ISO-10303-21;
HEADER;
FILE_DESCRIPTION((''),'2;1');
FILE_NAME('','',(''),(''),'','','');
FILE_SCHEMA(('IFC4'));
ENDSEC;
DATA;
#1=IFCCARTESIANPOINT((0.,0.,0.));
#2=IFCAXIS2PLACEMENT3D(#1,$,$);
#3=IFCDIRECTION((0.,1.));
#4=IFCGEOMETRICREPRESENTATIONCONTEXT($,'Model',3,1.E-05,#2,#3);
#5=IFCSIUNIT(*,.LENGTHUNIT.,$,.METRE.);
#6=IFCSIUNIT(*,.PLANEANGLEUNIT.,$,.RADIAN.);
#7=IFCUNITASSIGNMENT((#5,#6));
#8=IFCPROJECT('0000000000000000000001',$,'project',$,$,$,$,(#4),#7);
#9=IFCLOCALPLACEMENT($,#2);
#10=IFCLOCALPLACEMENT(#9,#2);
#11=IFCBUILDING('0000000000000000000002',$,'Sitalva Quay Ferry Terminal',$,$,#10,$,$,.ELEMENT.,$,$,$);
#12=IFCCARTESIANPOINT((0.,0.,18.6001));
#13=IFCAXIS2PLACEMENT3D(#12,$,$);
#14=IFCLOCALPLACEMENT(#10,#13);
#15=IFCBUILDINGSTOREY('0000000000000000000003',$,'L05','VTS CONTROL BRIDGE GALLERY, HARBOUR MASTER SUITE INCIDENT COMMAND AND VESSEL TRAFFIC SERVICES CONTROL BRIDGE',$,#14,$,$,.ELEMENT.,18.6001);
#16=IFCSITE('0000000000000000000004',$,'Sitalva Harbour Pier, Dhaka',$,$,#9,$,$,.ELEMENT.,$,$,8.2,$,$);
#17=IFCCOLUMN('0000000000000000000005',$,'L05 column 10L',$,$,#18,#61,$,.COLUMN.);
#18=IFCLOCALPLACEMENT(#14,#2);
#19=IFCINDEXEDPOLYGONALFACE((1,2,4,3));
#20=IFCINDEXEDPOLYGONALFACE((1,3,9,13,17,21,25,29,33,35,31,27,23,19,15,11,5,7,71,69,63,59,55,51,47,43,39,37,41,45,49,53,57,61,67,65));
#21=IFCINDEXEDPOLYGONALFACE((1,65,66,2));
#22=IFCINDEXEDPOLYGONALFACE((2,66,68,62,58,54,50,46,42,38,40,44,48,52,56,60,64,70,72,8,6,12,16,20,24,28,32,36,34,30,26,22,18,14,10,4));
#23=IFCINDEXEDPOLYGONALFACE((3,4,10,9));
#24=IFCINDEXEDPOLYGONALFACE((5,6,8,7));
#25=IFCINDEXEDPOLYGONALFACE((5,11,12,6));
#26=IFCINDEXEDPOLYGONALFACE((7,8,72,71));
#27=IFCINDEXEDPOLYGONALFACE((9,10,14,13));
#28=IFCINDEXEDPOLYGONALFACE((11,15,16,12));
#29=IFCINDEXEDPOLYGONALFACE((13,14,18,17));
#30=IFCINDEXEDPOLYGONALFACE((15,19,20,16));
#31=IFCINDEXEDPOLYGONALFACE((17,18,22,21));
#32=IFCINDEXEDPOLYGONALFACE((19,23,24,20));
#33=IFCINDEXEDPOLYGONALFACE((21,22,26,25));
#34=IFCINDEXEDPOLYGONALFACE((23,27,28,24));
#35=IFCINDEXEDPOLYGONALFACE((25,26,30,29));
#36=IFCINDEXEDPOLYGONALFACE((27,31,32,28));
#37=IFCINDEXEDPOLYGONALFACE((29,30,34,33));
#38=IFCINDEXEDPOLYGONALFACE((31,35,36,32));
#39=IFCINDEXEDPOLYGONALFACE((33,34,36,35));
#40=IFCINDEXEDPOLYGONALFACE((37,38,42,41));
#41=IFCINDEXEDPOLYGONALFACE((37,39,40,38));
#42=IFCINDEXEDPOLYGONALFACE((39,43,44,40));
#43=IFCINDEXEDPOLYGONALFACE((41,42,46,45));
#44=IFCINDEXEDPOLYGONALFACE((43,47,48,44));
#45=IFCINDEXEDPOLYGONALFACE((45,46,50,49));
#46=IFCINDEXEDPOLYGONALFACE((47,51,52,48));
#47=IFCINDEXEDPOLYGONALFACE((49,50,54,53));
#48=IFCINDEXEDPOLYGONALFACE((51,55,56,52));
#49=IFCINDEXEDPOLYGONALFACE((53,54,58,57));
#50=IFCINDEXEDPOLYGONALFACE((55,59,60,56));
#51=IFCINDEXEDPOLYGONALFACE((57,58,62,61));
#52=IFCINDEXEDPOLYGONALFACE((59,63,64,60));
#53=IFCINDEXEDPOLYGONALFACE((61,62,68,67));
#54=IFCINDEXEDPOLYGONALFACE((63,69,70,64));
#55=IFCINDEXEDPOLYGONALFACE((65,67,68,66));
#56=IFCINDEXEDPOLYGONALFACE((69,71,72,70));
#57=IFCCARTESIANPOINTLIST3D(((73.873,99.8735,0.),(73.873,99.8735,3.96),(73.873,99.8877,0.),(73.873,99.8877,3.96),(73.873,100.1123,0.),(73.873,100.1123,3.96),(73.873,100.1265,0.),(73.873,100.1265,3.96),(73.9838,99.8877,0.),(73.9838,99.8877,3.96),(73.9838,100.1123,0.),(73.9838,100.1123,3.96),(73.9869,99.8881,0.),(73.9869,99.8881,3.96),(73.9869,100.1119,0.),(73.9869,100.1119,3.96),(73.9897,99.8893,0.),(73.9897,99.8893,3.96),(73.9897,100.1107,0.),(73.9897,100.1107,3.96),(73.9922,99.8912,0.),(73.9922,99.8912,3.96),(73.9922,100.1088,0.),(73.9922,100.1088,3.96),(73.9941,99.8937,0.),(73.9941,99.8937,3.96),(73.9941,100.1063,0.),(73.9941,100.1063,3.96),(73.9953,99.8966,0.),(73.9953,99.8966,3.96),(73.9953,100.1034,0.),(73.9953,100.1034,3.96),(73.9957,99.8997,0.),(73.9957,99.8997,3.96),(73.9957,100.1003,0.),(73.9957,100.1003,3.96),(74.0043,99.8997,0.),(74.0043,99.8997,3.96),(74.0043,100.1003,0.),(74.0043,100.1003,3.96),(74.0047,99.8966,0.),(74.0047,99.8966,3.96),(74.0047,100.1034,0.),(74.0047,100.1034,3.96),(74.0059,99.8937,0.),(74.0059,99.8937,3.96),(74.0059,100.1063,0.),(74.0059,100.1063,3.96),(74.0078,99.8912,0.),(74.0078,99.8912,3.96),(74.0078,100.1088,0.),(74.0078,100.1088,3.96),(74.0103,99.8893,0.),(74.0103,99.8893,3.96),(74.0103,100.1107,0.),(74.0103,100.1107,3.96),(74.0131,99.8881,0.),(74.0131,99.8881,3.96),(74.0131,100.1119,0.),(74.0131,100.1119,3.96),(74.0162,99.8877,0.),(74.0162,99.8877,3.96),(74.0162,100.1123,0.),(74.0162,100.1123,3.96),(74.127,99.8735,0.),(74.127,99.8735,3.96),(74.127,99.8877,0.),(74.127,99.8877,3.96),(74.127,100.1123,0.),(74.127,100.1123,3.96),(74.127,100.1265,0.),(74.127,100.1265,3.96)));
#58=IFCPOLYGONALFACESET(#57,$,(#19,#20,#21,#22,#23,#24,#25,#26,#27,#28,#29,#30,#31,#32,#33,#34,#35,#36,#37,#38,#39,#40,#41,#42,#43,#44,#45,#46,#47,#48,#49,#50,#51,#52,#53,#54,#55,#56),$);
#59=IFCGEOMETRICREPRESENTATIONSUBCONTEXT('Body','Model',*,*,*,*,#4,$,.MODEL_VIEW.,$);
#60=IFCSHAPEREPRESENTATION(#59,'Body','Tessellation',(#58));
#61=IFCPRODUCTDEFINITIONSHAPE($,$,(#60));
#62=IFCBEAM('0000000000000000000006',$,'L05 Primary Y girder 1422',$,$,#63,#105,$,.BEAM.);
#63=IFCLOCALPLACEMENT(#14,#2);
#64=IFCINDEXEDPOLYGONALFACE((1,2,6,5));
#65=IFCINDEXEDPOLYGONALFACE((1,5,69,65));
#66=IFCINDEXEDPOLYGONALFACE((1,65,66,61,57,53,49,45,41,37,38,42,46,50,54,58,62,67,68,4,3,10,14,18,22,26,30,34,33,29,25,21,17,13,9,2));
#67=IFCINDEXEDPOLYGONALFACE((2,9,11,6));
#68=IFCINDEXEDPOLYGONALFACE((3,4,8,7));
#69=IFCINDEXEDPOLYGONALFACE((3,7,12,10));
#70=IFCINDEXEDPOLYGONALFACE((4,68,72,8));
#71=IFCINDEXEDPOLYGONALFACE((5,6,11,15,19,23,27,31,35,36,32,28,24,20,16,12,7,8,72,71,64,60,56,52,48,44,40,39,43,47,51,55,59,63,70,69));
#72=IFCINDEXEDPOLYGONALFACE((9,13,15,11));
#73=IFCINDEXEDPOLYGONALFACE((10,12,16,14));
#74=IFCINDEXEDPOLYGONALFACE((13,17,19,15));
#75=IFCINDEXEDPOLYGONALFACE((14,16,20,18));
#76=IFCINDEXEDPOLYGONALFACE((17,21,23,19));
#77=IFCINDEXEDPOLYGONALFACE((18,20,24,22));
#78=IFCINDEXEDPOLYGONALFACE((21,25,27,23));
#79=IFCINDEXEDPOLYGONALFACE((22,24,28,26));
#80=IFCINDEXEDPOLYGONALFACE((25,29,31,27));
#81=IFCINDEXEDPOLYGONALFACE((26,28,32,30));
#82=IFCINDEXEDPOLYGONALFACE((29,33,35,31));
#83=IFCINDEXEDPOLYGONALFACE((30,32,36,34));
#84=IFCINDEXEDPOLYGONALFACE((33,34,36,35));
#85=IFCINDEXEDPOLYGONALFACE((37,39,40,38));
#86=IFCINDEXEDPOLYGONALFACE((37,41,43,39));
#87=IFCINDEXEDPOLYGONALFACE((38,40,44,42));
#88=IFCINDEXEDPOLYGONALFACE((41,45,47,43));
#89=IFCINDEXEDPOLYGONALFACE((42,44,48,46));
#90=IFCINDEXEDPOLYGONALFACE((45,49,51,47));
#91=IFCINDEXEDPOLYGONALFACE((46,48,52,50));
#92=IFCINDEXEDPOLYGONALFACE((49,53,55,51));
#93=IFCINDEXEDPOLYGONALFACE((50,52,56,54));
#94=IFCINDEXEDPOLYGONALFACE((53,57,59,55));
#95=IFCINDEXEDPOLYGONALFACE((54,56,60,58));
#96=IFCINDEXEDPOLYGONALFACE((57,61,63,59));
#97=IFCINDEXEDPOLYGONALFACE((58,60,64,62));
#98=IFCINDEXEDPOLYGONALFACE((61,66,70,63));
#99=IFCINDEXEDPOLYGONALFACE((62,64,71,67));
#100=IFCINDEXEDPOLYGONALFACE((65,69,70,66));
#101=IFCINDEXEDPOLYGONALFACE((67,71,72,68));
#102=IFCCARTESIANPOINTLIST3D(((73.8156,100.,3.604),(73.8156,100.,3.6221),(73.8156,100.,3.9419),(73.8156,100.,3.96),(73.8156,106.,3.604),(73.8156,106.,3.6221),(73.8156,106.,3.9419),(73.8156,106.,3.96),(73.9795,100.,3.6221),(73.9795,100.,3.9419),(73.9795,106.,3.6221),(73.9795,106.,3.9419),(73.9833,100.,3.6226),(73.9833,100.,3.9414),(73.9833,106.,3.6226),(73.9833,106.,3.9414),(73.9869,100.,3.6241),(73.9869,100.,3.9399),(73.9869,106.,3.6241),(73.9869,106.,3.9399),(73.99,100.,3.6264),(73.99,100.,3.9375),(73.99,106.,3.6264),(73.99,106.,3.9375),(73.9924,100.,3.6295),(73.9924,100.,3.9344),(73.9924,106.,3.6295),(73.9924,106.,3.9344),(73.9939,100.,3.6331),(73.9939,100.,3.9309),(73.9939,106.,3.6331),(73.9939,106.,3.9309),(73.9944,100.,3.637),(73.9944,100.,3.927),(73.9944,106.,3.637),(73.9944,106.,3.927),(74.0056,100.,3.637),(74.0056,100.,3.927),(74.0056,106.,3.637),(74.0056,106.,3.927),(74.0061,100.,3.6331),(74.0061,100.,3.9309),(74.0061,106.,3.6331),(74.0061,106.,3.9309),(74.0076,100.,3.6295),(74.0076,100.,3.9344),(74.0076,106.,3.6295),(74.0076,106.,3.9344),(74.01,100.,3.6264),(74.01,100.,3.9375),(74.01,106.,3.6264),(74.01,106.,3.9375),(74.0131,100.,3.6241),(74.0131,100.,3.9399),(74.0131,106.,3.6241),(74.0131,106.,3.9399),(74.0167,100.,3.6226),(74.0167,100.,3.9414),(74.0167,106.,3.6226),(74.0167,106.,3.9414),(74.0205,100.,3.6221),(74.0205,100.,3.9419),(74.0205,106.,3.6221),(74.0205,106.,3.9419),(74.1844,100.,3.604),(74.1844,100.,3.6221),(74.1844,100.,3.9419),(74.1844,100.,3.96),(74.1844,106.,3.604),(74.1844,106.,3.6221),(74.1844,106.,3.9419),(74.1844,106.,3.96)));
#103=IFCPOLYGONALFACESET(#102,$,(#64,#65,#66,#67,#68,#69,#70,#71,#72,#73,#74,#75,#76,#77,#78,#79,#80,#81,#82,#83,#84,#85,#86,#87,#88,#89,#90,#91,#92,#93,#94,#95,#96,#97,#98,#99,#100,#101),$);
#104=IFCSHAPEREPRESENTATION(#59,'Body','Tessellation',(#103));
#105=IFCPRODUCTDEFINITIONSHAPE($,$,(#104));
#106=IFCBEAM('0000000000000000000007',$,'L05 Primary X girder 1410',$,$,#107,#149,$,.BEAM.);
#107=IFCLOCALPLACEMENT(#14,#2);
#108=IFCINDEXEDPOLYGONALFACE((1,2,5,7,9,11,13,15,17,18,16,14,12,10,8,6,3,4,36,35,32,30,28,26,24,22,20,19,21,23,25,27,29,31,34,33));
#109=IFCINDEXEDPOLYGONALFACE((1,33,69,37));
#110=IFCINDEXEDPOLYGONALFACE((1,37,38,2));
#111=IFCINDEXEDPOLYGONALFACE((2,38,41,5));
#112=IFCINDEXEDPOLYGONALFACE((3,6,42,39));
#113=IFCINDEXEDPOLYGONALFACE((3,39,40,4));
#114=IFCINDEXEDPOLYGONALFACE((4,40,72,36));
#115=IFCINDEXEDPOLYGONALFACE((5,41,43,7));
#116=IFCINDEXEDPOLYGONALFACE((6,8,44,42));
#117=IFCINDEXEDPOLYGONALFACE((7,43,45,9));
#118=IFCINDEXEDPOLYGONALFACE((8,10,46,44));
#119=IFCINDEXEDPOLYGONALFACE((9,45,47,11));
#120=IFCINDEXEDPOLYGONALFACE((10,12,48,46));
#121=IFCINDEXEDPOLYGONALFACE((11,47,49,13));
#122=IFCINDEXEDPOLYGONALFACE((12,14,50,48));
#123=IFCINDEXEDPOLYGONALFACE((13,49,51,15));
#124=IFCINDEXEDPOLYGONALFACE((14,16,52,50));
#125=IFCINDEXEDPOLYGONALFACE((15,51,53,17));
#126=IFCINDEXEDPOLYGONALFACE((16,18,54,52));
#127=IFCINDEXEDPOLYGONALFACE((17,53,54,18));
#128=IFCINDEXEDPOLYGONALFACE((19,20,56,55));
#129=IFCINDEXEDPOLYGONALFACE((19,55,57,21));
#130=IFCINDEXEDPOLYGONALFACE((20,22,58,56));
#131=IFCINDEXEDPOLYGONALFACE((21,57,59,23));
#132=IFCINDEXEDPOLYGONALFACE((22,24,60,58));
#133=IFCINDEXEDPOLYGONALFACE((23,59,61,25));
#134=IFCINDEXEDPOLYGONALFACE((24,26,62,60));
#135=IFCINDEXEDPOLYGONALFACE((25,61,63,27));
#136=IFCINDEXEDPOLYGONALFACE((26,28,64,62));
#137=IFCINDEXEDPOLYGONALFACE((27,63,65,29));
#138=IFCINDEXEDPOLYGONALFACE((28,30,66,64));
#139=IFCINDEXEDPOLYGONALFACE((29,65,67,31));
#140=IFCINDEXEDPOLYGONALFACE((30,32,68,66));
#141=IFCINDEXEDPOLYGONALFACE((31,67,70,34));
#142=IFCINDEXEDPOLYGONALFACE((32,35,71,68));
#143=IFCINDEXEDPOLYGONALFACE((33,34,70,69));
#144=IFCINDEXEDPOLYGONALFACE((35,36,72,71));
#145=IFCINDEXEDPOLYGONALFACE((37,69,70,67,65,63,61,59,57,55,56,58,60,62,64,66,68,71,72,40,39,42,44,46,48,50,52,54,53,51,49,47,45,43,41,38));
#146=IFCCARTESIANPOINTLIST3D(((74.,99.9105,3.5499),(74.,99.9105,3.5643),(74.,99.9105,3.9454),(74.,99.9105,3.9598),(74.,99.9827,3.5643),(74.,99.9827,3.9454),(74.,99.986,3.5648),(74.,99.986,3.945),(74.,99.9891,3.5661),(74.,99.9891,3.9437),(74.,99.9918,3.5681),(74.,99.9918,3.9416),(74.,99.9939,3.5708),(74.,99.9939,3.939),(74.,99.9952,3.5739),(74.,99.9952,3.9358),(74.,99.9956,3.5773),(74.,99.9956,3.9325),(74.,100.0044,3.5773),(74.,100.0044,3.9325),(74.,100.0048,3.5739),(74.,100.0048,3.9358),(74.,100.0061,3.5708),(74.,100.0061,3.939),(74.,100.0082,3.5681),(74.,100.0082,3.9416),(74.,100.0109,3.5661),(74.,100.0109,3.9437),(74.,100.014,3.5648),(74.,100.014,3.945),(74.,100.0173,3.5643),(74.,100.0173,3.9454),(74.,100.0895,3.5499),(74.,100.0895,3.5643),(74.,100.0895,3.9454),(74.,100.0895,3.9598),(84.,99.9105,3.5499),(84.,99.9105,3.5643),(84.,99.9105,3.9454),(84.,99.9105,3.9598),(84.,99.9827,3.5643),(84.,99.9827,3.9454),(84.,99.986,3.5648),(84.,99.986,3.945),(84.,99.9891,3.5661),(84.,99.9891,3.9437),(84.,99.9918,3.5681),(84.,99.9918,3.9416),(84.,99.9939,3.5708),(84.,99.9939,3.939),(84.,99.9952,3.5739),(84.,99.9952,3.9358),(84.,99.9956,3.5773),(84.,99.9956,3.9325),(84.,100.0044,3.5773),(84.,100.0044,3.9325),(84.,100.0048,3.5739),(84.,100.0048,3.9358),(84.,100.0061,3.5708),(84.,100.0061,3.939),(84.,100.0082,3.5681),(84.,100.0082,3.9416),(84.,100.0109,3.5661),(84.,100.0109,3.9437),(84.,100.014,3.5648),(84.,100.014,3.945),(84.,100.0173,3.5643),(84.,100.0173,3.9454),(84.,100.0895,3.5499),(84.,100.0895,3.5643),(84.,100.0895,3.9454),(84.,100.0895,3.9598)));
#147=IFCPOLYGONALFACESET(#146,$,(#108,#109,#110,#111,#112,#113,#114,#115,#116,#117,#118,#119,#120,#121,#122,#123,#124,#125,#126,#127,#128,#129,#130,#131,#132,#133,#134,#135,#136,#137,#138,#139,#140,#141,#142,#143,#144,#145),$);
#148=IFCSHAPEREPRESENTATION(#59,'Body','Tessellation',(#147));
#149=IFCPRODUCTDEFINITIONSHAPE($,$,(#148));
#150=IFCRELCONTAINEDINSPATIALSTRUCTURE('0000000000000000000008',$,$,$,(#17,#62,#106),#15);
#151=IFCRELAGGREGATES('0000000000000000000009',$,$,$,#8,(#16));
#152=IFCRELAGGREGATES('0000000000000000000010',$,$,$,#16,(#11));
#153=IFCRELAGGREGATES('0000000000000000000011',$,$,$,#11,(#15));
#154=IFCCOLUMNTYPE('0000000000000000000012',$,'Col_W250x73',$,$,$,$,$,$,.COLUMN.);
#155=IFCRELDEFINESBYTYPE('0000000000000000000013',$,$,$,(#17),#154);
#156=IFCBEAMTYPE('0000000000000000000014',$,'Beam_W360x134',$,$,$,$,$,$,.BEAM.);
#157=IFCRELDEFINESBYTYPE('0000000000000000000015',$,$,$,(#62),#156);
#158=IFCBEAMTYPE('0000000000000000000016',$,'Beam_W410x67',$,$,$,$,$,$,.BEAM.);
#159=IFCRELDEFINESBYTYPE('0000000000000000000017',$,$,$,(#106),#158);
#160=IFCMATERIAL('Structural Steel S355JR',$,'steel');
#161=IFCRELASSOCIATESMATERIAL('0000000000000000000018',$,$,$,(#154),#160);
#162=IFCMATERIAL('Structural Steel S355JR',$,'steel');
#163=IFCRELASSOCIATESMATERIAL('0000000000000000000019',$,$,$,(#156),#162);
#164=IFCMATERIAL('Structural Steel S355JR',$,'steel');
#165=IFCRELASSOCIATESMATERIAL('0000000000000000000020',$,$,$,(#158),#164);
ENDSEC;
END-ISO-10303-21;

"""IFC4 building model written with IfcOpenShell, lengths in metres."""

from ifc_helpers import new_model, si_unit, direction, frame, origin, origin_2d, place, context, subcontext, project, spatial, i_section, extrude, material, material_profile, profile_set, type_object, element, save


model = new_model("IFC4")

# Units and contexts
model_context = context("Model", 3, precision=1e-05, world=origin(), true_north=direction((0.0, 1.0)))
body_context = subcontext(model_context, "Body", "Model", "MODEL_VIEW")
ifc_project = project(units=[si_unit("LENGTHUNIT", "METRE"), si_unit("PLANEANGLEUNIT", "RADIAN")], contexts=[model_context])

# Site, building, storey
site_placement = place(None, origin())
site = spatial("IfcSite", under=ifc_project, at=site_placement, Name="Sitalva Harbour Pier, Dhaka", CompositionType="ELEMENT", RefElevation=8.2)
building_placement = place(site_placement, origin())
building = spatial("IfcBuilding", under=site, at=building_placement, Name="Sitalva Quay Ferry Terminal", CompositionType="ELEMENT")
storey_placement = place(building_placement, frame((0.0, 0.0, 18.6001)))
storey = spatial("IfcBuildingStorey", under=building, at=storey_placement, Name="L05", Description="VTS CONTROL BRIDGE GALLERY, HARBOUR MASTER SUITE INCIDENT COMMAND AND VESSEL TRAFFIC SERVICES CONTROL BRIDGE", CompositionType="ELEMENT", Elevation=18.6001)

# Column
ifc_material_1 = material(Name="Structural Steel S355JR", Category="steel")
ifc_material_profile_1 = material_profile(ifc_material_1, i_section(OverallWidth=0.2539, OverallDepth=0.2529, WebThickness=0.0085, FlangeThickness=0.0142, FilletRadius=0.012, at=origin_2d()), Name="W250x73")
ifc_profile_set_1 = profile_set([ifc_material_profile_1], Name="Structural Steel S355JR")
column_type = type_object("IfcColumnType", Name="Col_W250x73", PredefinedType="COLUMN", material=ifc_profile_set_1)
column_placement = place(storey_placement, frame((74.0, 100.0, 0.0), z_axis=(0.0, 0.0, 1.0), x_axis=(1.0, 0.0, 0.0)))
element("IfcColumn", 1, at=column_placement, inside=storey, type_object=column_type, Name="L05 column 10L", PredefinedType="COLUMN", context=body_context, shape_type="SweptSolid", body=[
    extrude(i_section(OverallWidth=0.2539, OverallDepth=0.2529, WebThickness=0.0085, FlangeThickness=0.0142, FilletRadius=0.012, at=origin_2d()), origin(), (0.0, 0.0, 1.0), 3.96),
])

# Beams
ifc_material_2 = material(Name="Structural Steel S355JR", Category="steel")
ifc_material_profile_2 = material_profile(ifc_material_2, i_section(OverallWidth=0.3689, OverallDepth=0.356, WebThickness=0.0112, FlangeThickness=0.0181, FilletRadius=0.0149, at=origin_2d()), Name="W360x134")
ifc_profile_set_2 = profile_set([ifc_material_profile_2], Name="Structural Steel S355JR")
beam_type_1 = type_object("IfcBeamType", Name="Beam_W360x134", PredefinedType="BEAM", material=ifc_profile_set_2)
beam_1_placement = place(storey_placement, frame((74.0, 100.0, 3.782), z_axis=(0.0, 1.0, 0.0), x_axis=(-1.0, 0.0, 0.0)))
element("IfcBeam", 2, at=beam_1_placement, inside=storey, type_object=beam_type_1, Name="L05 Primary Y girder 1422", PredefinedType="BEAM", context=body_context, shape_type="SweptSolid", body=[
    extrude(i_section(OverallWidth=0.3689, OverallDepth=0.356, WebThickness=0.0112, FlangeThickness=0.0181, FilletRadius=0.0149, at=origin_2d()), origin(), (0.0, 0.0, 1.0), 6.0),
])
ifc_material_3 = material(Name="Structural Steel S355JR", Category="steel")
ifc_material_profile_3 = material_profile(ifc_material_3, i_section(OverallWidth=0.179, OverallDepth=0.4099, WebThickness=0.0088, FlangeThickness=0.0144, FilletRadius=0.0129, at=origin_2d()), Name="W410x67")
ifc_profile_set_3 = profile_set([ifc_material_profile_3], Name="Structural Steel S355JR")
beam_type_2 = type_object("IfcBeamType", Name="Beam_W410x67", PredefinedType="BEAM", material=ifc_profile_set_3)
beam_2_placement = place(storey_placement, frame((74.0, 100.0, 3.7549), z_axis=(1.0, 0.0, 0.0), x_axis=(0.0, 1.0, 0.0)))
element("IfcBeam", 3, at=beam_2_placement, inside=storey, type_object=beam_type_2, Name="L05 Primary X girder 1410", PredefinedType="BEAM", context=body_context, shape_type="SweptSolid", body=[
    extrude(i_section(OverallWidth=0.179, OverallDepth=0.4099, WebThickness=0.0088, FlangeThickness=0.0144, FilletRadius=0.0129, at=origin_2d()), origin(), (0.0, 0.0, 1.0), 10.0),
])

save(model, "model.ifc")
